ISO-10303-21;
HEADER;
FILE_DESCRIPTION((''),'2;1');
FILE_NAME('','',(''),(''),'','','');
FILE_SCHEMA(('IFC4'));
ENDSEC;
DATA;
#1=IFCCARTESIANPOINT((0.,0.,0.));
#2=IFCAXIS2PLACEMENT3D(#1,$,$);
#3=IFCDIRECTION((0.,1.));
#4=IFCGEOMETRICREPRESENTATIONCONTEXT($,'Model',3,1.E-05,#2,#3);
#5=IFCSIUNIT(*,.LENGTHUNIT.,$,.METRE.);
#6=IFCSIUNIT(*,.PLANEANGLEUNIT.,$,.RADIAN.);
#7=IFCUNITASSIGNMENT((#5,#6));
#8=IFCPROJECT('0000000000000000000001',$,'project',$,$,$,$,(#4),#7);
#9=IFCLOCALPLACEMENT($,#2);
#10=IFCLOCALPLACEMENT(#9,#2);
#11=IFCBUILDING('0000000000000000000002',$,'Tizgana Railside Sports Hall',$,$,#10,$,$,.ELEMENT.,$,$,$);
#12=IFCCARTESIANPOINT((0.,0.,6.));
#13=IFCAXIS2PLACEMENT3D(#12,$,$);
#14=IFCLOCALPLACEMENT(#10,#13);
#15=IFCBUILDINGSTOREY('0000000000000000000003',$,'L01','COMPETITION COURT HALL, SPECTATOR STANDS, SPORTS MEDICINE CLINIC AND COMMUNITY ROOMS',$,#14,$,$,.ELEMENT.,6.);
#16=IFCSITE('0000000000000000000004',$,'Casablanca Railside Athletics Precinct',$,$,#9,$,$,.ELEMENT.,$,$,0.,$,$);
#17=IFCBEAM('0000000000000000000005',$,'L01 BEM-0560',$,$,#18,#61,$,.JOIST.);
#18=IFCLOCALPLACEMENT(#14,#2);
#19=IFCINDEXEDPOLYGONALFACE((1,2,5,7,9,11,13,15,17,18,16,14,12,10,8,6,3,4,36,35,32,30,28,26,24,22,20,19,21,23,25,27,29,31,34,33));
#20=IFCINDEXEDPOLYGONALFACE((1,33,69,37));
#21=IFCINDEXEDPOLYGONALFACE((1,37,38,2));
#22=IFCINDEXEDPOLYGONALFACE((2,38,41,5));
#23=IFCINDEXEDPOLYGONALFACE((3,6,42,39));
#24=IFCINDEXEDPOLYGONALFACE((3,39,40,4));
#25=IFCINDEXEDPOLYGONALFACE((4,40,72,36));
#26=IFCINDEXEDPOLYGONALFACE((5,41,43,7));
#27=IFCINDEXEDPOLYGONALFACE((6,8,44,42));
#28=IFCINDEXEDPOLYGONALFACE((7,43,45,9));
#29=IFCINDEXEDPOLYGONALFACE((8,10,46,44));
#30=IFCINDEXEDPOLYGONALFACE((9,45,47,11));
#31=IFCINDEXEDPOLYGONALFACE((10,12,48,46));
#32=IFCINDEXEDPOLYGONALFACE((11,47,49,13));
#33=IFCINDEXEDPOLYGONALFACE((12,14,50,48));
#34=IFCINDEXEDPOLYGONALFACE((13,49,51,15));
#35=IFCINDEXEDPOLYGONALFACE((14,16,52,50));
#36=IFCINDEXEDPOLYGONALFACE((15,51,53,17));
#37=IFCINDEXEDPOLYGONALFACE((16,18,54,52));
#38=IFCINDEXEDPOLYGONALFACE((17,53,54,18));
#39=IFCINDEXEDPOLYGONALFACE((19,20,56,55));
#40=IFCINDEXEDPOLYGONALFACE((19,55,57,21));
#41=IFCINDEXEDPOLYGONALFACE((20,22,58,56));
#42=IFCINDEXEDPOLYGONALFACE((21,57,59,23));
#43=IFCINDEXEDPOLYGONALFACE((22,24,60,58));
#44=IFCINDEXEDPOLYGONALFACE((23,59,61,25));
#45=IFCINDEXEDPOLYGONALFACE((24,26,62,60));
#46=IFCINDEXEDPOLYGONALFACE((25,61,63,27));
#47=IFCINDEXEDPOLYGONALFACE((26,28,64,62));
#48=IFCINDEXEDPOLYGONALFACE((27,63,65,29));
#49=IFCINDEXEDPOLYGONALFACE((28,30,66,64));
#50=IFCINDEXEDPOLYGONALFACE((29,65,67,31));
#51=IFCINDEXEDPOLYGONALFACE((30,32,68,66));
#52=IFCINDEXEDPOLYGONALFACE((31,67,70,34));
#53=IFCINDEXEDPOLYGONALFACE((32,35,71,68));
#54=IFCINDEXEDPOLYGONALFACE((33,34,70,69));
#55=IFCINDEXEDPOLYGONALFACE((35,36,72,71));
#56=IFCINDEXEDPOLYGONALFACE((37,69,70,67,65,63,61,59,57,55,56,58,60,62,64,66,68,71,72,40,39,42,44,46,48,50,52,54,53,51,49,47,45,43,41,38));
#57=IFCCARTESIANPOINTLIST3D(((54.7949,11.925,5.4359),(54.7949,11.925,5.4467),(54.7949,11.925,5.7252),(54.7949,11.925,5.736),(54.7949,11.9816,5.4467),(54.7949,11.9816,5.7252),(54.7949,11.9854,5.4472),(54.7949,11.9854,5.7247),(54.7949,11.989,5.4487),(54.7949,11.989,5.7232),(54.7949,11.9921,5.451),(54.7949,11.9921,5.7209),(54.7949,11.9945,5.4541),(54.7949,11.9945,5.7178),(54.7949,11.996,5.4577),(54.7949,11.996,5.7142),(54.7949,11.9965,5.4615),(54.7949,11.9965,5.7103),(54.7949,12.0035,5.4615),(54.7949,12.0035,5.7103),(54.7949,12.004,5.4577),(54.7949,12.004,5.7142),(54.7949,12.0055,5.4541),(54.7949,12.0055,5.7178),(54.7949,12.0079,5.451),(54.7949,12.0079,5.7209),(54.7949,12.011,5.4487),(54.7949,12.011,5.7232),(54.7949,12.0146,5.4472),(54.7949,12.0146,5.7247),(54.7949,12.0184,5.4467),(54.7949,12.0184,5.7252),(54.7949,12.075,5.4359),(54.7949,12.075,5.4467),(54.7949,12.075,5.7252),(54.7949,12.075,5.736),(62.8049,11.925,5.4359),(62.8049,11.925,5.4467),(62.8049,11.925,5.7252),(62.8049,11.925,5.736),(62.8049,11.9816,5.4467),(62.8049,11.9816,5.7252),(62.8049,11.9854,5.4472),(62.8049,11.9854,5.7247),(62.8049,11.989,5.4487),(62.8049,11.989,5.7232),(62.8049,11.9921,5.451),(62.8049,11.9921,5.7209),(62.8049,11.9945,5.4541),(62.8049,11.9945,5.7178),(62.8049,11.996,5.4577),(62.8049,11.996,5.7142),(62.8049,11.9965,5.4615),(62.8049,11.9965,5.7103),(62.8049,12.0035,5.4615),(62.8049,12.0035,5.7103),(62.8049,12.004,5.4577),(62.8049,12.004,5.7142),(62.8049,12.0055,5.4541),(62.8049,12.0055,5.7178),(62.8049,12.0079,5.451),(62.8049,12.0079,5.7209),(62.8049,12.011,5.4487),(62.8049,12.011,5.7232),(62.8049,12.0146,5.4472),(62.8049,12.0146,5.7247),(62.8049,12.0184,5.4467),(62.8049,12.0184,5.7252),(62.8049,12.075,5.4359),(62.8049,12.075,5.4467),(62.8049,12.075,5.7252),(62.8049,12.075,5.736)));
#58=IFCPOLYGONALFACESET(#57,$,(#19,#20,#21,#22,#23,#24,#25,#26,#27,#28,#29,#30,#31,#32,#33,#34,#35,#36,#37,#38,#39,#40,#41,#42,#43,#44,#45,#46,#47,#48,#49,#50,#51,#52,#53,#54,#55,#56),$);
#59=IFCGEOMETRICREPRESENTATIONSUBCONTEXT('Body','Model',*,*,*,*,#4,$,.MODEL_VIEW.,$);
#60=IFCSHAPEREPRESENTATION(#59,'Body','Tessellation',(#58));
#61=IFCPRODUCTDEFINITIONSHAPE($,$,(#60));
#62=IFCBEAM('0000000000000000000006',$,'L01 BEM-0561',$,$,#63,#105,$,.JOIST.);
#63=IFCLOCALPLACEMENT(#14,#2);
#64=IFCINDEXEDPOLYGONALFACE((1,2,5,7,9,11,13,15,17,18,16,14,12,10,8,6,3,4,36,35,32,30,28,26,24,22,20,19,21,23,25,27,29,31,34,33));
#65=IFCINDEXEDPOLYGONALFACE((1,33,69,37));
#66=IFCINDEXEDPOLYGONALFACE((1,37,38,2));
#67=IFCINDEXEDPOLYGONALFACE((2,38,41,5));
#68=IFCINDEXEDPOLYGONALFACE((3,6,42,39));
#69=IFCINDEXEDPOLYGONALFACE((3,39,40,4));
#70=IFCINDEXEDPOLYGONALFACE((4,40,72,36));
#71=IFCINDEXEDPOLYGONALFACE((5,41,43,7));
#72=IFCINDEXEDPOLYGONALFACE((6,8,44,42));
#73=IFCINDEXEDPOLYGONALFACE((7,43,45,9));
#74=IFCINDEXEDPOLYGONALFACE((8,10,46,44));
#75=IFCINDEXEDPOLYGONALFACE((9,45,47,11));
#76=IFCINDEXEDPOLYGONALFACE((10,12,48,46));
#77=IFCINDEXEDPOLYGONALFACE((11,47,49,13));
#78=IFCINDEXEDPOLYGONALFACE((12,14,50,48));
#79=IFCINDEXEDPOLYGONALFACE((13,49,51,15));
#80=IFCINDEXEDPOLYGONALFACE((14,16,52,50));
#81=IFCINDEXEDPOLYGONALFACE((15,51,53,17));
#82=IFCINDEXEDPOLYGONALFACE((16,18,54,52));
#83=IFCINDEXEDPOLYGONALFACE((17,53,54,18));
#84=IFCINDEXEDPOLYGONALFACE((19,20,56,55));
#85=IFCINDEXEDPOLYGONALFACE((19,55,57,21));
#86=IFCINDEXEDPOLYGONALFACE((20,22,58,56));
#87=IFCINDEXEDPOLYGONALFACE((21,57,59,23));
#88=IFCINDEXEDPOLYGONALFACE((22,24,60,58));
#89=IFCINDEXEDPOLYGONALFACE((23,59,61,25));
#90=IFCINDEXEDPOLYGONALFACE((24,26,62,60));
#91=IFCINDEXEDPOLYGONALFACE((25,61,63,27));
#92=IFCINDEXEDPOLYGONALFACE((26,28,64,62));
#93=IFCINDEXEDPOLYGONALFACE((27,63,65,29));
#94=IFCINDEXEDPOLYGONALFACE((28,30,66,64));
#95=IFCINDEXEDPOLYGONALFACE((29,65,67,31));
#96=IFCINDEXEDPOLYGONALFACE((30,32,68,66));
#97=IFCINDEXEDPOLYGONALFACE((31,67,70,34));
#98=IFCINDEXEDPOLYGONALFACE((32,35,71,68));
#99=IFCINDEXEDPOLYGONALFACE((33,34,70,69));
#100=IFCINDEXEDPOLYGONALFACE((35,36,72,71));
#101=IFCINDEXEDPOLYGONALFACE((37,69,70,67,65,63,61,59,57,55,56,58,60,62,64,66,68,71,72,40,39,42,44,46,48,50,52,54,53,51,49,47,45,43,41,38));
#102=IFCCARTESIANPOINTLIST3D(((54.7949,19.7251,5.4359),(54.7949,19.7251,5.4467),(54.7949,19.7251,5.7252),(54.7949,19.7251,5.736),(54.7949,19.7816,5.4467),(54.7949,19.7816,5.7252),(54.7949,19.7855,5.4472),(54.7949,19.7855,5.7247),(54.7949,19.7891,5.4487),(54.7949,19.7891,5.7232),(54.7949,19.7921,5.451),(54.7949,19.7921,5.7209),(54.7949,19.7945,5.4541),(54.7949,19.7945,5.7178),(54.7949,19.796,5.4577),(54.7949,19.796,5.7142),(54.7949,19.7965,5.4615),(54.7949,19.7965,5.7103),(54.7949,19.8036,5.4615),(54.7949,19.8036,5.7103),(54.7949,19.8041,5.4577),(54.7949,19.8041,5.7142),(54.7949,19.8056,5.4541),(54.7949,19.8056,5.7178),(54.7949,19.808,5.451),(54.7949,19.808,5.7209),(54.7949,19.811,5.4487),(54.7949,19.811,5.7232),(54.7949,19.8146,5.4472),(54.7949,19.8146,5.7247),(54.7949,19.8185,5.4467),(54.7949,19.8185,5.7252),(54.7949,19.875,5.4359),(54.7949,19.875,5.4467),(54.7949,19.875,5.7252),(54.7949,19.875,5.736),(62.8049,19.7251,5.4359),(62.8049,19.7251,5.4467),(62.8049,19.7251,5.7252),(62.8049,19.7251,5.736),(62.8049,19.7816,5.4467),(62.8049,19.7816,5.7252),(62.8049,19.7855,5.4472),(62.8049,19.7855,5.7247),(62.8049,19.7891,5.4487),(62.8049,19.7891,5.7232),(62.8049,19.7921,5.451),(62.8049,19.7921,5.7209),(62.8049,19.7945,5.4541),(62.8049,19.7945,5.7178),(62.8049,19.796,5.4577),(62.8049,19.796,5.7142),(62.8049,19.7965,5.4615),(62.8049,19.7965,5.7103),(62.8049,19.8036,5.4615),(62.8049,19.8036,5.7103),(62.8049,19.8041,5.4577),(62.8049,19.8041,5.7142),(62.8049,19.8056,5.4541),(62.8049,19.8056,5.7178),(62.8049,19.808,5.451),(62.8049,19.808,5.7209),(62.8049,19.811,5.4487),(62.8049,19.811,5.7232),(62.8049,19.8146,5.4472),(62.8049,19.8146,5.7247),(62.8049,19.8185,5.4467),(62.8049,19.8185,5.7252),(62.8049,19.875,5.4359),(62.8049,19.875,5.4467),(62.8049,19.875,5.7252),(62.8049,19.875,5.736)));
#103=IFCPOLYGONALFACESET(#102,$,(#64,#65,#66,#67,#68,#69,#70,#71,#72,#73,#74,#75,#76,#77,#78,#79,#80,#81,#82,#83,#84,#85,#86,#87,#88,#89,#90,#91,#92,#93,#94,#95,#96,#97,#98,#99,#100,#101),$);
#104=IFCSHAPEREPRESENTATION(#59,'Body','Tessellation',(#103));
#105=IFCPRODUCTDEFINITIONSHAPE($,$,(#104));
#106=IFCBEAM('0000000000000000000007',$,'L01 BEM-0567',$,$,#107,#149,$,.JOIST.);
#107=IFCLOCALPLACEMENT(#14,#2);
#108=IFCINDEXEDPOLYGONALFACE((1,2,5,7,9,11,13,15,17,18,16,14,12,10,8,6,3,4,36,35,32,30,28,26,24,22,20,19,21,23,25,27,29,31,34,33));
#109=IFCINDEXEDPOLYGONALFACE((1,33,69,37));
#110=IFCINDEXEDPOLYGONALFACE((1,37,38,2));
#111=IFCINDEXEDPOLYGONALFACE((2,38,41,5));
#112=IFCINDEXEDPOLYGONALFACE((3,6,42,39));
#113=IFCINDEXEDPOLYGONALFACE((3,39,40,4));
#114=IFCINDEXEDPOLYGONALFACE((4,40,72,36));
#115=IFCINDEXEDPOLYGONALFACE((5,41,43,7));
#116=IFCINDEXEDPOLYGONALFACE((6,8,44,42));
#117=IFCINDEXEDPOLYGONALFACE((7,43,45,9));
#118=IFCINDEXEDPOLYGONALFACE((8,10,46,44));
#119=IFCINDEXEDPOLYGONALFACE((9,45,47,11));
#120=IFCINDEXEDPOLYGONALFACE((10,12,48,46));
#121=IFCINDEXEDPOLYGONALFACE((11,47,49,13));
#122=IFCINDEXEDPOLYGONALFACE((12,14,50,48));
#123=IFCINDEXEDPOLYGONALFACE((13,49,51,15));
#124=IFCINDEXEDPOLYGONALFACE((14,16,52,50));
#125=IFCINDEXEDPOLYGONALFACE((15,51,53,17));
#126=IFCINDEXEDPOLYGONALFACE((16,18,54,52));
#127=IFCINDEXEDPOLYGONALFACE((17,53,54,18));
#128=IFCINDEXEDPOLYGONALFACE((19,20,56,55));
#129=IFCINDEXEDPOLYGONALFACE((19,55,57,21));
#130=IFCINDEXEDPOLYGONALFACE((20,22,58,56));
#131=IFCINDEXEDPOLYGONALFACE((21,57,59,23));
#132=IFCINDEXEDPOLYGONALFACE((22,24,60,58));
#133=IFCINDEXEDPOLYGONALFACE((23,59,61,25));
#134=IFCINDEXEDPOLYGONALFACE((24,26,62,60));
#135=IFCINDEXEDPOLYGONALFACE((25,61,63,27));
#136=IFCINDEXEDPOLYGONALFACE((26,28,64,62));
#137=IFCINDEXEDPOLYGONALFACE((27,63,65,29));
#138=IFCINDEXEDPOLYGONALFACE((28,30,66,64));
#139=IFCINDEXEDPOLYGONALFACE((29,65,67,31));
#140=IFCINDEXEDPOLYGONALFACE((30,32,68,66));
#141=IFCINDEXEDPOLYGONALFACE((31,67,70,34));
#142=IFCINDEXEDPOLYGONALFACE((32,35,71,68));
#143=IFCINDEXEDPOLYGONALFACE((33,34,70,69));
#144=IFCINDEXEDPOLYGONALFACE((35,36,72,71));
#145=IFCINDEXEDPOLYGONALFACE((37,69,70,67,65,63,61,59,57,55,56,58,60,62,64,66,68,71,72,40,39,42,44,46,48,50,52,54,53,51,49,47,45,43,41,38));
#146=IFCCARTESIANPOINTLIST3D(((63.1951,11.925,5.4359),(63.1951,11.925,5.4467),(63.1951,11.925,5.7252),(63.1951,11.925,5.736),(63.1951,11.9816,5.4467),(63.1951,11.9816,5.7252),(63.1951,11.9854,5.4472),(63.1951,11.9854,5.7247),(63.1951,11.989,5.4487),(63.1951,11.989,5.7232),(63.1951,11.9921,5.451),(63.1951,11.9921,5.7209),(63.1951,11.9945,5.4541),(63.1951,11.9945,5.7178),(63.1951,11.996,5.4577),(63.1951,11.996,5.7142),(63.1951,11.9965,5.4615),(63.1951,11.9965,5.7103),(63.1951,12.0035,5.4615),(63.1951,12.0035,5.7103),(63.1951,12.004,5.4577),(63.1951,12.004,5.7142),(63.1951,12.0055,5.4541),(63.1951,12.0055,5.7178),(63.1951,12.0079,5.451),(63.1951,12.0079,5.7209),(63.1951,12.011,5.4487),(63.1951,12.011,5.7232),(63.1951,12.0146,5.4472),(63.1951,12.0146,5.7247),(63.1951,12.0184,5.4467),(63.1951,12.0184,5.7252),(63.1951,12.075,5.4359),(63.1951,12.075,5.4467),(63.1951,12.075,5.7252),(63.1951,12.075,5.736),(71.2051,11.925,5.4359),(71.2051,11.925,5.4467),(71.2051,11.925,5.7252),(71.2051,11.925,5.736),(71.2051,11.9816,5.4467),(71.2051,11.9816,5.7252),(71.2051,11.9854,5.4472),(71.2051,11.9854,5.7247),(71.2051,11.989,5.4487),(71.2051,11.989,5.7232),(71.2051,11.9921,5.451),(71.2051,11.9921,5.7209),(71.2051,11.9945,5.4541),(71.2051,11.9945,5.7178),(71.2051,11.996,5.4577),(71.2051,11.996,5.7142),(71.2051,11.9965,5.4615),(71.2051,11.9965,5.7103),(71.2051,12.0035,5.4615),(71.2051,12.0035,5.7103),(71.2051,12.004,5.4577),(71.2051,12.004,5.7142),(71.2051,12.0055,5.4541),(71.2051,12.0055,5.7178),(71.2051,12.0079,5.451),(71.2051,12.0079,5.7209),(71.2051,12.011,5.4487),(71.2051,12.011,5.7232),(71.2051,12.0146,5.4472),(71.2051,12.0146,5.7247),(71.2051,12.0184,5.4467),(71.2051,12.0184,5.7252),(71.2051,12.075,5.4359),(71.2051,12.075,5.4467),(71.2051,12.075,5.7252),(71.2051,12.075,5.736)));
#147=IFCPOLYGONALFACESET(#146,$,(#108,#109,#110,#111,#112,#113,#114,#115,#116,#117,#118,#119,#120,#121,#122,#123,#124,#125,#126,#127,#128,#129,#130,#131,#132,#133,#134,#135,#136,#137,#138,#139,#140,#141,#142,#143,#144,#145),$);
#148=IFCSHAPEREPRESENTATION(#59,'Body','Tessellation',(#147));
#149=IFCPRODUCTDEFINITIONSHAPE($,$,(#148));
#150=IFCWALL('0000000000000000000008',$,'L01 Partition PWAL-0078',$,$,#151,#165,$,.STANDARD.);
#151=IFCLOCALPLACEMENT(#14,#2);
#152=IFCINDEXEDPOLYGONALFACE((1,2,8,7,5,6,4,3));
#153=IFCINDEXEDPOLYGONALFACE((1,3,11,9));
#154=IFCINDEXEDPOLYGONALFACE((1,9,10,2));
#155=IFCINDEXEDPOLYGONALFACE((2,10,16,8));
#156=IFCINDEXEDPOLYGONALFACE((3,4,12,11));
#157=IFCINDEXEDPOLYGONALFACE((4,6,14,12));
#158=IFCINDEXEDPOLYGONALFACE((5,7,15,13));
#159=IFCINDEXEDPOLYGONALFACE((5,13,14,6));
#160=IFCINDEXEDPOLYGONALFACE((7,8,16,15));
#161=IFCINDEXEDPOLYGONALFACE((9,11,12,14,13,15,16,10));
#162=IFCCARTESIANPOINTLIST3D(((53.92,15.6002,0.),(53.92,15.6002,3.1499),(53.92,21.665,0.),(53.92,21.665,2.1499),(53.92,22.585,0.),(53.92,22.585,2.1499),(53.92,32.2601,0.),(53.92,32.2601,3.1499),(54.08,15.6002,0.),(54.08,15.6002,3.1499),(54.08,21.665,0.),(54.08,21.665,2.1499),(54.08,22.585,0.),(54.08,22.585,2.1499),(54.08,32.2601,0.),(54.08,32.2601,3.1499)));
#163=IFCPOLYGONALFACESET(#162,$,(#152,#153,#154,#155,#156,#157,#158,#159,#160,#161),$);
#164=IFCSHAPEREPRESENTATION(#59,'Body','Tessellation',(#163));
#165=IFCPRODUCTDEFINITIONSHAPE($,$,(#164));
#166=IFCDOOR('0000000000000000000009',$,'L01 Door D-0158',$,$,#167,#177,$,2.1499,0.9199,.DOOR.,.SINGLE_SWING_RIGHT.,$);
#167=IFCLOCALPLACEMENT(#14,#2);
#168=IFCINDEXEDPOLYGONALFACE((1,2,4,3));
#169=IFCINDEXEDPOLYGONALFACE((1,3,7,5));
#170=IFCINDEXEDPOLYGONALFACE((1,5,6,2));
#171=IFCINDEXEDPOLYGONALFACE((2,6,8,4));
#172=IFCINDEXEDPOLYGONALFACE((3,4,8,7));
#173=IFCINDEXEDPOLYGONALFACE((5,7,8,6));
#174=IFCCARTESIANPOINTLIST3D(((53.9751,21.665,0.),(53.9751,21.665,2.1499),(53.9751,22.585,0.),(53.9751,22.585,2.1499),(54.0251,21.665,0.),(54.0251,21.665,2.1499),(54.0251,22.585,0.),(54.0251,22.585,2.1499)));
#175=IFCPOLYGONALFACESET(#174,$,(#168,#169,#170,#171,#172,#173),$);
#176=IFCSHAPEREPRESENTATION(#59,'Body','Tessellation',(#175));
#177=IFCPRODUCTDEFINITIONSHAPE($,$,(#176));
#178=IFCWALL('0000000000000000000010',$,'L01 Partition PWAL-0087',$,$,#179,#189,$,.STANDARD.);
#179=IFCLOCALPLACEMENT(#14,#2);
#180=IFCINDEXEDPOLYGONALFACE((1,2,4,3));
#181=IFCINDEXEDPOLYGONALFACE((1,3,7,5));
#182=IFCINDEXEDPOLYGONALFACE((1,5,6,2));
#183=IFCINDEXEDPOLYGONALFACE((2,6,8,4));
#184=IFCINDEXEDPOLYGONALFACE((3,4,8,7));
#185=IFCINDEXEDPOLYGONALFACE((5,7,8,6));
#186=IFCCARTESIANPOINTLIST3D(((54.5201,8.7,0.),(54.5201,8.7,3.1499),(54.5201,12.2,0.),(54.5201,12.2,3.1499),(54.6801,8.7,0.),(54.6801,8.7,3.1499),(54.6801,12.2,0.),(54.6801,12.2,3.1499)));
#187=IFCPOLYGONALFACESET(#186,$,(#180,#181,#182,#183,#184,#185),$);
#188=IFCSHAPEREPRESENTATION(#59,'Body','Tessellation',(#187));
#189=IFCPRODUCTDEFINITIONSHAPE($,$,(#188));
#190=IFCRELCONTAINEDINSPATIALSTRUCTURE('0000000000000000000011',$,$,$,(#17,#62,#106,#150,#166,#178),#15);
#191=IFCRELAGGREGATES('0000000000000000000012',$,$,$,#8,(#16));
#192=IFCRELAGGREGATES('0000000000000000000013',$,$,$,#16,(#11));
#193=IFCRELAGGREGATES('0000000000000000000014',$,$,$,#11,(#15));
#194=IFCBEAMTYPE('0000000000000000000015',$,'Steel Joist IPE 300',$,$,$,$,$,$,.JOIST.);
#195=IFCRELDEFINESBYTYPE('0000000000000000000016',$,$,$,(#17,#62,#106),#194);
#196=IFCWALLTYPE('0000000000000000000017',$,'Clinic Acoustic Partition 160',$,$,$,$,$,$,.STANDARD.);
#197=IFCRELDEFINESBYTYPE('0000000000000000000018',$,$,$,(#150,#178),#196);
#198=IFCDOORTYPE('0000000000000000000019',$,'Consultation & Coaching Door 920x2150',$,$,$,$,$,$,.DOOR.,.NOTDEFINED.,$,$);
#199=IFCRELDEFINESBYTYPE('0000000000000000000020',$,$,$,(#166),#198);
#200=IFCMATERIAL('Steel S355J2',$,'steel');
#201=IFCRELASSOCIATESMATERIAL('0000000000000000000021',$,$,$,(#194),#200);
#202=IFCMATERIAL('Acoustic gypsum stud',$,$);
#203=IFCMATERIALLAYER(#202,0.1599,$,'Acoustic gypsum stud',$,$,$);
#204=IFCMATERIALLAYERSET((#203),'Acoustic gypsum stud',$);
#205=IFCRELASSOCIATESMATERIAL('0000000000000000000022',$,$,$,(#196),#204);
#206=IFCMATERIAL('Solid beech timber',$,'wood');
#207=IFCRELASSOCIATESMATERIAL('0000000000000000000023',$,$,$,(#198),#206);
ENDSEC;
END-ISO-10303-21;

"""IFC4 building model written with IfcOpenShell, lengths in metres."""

from ifc_helpers import new_model, si_unit, direction, frame, frame_2d, origin, origin_2d, place, context, subcontext, project, spatial, rectangle, i_section, extrude, material, layer, layer_set, material_profile, profile_set, type_object, element, fill, save


model = new_model("IFC4")

# Units and contexts
model_context = context("Model", 3, precision=1e-05, world=origin(), true_north=direction((0.0, 1.0)))
body_context = subcontext(model_context, "Body", "Model", "MODEL_VIEW")
ifc_project = project(units=[si_unit("LENGTHUNIT", "METRE"), si_unit("PLANEANGLEUNIT", "RADIAN")], contexts=[model_context])

# Site, building, storey
site_placement = place(None, origin())
site = spatial("IfcSite", under=ifc_project, at=site_placement, Name="Casablanca Railside Athletics Precinct", CompositionType="ELEMENT", RefElevation=0.0)
building_placement = place(site_placement, origin())
building = spatial("IfcBuilding", under=site, at=building_placement, Name="Tizgana Railside Sports Hall", CompositionType="ELEMENT")
storey_placement = place(building_placement, frame((0.0, 0.0, 6.0)))
storey = spatial("IfcBuildingStorey", under=building, at=storey_placement, Name="L01", Description="COMPETITION COURT HALL, SPECTATOR STANDS, SPORTS MEDICINE CLINIC AND COMMUNITY ROOMS", CompositionType="ELEMENT", Elevation=6.0)

# Beams
ifc_material_1 = material(Name="Steel S355J2", Category="steel")
ifc_material_profile_1 = material_profile(ifc_material_1, i_section(OverallWidth=0.1499, OverallDepth=0.3, WebThickness=0.0071, FlangeThickness=0.0107, FilletRadius=0.0149, at=origin_2d()), Name="IPE 300")
ifc_profile_set_1 = profile_set([ifc_material_profile_1], Name="Steel S355J2")
beam_type_1 = type_object("IfcBeamType", Name="Steel Joist IPE 300", PredefinedType="JOIST", material=ifc_profile_set_1)
for number, where, z_axis, x_axis, name in (
    (1, (54.7949, 12.0, 5.5859), (1.0, 0.0, 0.0), (0.0, 1.0, 0.0), "L01 BEM-0560"),
    (2, (54.7949, 19.8, 5.5859), (1.0, 0.0, 0.0), (0.0, 1.0, 0.0), "L01 BEM-0561"),
    (3, (63.1951, 12.0, 5.5859), (1.0, 0.0, 0.0), (0.0, 1.0, 0.0), "L01 BEM-0567"),
):
    element("IfcBeam", number, at=place(storey_placement, frame(where, z_axis=z_axis, x_axis=x_axis)), inside=storey, type_object=beam_type_1, Name=name, PredefinedType="JOIST", context=body_context, shape_type="SweptSolid", body=[
        extrude(i_section(OverallWidth=0.1499, OverallDepth=0.3, WebThickness=0.0071, FlangeThickness=0.0107, FilletRadius=0.0149, at=origin_2d()), origin(), (0.0, 0.0, 1.0), 8.01),
    ])

# Wall, opening, door
ifc_material_2 = material(Name="Acoustic gypsum stud")
ifc_layer_1 = layer(ifc_material_2, 0.1599, Name="Acoustic gypsum stud")
ifc_layer_set_1 = layer_set([ifc_layer_1], Name="Acoustic gypsum stud")
wall_type_1 = type_object("IfcWallType", Name="Clinic Acoustic Partition 160", PredefinedType="STANDARD", material=ifc_layer_set_1)
wall_1_placement = place(storey_placement, frame((54.0, 15.6001, 0.0), z_axis=(0.0, 0.0, 1.0), x_axis=(0.0, 1.0, 0.0)))
wall_1 = element("IfcWall", 4, at=wall_1_placement, inside=storey, type_object=wall_type_1, Name="L01 Partition PWAL-0078", PredefinedType="STANDARD", context=body_context, shape_type="SweptSolid", body=[
    extrude(rectangle(XDim=16.6599, YDim=0.1599, at=frame_2d((8.3301, 0.0))), origin(), (0.0, 0.0, 1.0), 3.1499),
])
opening_1_placement = place(wall_1_placement, frame((6.0649, 0.0, 0.0)))
opening_1 = element("IfcOpeningElement", 5, at=opening_1_placement, cuts=wall_1, PredefinedType="OPENING", context=body_context, shape_type="SweptSolid", body=[
    extrude(rectangle(XDim=0.9199, YDim=2.1499, at=frame_2d((0.46, 1.075))), frame((0.0, 0.0898, 0.0), z_axis=(0.0, -1.0, 0.0), x_axis=(1.0, 0.0, 0.0)), (0.0, 0.0, 1.0), 0.1799),
])
ifc_material_3 = material(Name="Solid beech timber", Category="wood")
door_type_1 = type_object("IfcDoorType", Name="Consultation & Coaching Door 920x2150", OperationType="NOTDEFINED", PredefinedType="DOOR", material=ifc_material_3)
door_1_placement = place(opening_1_placement, origin())
door_1 = element("IfcDoor", 6, at=door_1_placement, inside=storey, type_object=door_type_1, Name="L01 Door D-0158", OperationType="SINGLE_SWING_RIGHT", OverallHeight=2.1499, OverallWidth=0.9199, PredefinedType="DOOR", context=body_context, shape_type="SweptSolid", body=[
    extrude(rectangle(XDim=0.9199, YDim=2.1499, at=frame_2d((0.46, 1.075))), frame((0.0, 0.0249, 0.0), z_axis=(0.0, -1.0, 0.0), x_axis=(1.0, 0.0, 0.0)), (0.0, 0.0, 1.0), 0.05),
])
fill(opening_1, door_1)

# Wall
wall_2_placement = place(storey_placement, frame((54.6001, 8.7, 0.0), z_axis=(0.0, 0.0, 1.0), x_axis=(0.0, 1.0, 0.0)))
element("IfcWall", 7, at=wall_2_placement, inside=storey, type_object=wall_type_1, Name="L01 Partition PWAL-0087", PredefinedType="STANDARD", context=body_context, shape_type="SweptSolid", body=[
    extrude(rectangle(XDim=3.5, YDim=0.1599, at=frame_2d((1.75, 0.0))), origin(), (0.0, 0.0, 1.0), 3.1499),
])

save(model, "model.ifc")
